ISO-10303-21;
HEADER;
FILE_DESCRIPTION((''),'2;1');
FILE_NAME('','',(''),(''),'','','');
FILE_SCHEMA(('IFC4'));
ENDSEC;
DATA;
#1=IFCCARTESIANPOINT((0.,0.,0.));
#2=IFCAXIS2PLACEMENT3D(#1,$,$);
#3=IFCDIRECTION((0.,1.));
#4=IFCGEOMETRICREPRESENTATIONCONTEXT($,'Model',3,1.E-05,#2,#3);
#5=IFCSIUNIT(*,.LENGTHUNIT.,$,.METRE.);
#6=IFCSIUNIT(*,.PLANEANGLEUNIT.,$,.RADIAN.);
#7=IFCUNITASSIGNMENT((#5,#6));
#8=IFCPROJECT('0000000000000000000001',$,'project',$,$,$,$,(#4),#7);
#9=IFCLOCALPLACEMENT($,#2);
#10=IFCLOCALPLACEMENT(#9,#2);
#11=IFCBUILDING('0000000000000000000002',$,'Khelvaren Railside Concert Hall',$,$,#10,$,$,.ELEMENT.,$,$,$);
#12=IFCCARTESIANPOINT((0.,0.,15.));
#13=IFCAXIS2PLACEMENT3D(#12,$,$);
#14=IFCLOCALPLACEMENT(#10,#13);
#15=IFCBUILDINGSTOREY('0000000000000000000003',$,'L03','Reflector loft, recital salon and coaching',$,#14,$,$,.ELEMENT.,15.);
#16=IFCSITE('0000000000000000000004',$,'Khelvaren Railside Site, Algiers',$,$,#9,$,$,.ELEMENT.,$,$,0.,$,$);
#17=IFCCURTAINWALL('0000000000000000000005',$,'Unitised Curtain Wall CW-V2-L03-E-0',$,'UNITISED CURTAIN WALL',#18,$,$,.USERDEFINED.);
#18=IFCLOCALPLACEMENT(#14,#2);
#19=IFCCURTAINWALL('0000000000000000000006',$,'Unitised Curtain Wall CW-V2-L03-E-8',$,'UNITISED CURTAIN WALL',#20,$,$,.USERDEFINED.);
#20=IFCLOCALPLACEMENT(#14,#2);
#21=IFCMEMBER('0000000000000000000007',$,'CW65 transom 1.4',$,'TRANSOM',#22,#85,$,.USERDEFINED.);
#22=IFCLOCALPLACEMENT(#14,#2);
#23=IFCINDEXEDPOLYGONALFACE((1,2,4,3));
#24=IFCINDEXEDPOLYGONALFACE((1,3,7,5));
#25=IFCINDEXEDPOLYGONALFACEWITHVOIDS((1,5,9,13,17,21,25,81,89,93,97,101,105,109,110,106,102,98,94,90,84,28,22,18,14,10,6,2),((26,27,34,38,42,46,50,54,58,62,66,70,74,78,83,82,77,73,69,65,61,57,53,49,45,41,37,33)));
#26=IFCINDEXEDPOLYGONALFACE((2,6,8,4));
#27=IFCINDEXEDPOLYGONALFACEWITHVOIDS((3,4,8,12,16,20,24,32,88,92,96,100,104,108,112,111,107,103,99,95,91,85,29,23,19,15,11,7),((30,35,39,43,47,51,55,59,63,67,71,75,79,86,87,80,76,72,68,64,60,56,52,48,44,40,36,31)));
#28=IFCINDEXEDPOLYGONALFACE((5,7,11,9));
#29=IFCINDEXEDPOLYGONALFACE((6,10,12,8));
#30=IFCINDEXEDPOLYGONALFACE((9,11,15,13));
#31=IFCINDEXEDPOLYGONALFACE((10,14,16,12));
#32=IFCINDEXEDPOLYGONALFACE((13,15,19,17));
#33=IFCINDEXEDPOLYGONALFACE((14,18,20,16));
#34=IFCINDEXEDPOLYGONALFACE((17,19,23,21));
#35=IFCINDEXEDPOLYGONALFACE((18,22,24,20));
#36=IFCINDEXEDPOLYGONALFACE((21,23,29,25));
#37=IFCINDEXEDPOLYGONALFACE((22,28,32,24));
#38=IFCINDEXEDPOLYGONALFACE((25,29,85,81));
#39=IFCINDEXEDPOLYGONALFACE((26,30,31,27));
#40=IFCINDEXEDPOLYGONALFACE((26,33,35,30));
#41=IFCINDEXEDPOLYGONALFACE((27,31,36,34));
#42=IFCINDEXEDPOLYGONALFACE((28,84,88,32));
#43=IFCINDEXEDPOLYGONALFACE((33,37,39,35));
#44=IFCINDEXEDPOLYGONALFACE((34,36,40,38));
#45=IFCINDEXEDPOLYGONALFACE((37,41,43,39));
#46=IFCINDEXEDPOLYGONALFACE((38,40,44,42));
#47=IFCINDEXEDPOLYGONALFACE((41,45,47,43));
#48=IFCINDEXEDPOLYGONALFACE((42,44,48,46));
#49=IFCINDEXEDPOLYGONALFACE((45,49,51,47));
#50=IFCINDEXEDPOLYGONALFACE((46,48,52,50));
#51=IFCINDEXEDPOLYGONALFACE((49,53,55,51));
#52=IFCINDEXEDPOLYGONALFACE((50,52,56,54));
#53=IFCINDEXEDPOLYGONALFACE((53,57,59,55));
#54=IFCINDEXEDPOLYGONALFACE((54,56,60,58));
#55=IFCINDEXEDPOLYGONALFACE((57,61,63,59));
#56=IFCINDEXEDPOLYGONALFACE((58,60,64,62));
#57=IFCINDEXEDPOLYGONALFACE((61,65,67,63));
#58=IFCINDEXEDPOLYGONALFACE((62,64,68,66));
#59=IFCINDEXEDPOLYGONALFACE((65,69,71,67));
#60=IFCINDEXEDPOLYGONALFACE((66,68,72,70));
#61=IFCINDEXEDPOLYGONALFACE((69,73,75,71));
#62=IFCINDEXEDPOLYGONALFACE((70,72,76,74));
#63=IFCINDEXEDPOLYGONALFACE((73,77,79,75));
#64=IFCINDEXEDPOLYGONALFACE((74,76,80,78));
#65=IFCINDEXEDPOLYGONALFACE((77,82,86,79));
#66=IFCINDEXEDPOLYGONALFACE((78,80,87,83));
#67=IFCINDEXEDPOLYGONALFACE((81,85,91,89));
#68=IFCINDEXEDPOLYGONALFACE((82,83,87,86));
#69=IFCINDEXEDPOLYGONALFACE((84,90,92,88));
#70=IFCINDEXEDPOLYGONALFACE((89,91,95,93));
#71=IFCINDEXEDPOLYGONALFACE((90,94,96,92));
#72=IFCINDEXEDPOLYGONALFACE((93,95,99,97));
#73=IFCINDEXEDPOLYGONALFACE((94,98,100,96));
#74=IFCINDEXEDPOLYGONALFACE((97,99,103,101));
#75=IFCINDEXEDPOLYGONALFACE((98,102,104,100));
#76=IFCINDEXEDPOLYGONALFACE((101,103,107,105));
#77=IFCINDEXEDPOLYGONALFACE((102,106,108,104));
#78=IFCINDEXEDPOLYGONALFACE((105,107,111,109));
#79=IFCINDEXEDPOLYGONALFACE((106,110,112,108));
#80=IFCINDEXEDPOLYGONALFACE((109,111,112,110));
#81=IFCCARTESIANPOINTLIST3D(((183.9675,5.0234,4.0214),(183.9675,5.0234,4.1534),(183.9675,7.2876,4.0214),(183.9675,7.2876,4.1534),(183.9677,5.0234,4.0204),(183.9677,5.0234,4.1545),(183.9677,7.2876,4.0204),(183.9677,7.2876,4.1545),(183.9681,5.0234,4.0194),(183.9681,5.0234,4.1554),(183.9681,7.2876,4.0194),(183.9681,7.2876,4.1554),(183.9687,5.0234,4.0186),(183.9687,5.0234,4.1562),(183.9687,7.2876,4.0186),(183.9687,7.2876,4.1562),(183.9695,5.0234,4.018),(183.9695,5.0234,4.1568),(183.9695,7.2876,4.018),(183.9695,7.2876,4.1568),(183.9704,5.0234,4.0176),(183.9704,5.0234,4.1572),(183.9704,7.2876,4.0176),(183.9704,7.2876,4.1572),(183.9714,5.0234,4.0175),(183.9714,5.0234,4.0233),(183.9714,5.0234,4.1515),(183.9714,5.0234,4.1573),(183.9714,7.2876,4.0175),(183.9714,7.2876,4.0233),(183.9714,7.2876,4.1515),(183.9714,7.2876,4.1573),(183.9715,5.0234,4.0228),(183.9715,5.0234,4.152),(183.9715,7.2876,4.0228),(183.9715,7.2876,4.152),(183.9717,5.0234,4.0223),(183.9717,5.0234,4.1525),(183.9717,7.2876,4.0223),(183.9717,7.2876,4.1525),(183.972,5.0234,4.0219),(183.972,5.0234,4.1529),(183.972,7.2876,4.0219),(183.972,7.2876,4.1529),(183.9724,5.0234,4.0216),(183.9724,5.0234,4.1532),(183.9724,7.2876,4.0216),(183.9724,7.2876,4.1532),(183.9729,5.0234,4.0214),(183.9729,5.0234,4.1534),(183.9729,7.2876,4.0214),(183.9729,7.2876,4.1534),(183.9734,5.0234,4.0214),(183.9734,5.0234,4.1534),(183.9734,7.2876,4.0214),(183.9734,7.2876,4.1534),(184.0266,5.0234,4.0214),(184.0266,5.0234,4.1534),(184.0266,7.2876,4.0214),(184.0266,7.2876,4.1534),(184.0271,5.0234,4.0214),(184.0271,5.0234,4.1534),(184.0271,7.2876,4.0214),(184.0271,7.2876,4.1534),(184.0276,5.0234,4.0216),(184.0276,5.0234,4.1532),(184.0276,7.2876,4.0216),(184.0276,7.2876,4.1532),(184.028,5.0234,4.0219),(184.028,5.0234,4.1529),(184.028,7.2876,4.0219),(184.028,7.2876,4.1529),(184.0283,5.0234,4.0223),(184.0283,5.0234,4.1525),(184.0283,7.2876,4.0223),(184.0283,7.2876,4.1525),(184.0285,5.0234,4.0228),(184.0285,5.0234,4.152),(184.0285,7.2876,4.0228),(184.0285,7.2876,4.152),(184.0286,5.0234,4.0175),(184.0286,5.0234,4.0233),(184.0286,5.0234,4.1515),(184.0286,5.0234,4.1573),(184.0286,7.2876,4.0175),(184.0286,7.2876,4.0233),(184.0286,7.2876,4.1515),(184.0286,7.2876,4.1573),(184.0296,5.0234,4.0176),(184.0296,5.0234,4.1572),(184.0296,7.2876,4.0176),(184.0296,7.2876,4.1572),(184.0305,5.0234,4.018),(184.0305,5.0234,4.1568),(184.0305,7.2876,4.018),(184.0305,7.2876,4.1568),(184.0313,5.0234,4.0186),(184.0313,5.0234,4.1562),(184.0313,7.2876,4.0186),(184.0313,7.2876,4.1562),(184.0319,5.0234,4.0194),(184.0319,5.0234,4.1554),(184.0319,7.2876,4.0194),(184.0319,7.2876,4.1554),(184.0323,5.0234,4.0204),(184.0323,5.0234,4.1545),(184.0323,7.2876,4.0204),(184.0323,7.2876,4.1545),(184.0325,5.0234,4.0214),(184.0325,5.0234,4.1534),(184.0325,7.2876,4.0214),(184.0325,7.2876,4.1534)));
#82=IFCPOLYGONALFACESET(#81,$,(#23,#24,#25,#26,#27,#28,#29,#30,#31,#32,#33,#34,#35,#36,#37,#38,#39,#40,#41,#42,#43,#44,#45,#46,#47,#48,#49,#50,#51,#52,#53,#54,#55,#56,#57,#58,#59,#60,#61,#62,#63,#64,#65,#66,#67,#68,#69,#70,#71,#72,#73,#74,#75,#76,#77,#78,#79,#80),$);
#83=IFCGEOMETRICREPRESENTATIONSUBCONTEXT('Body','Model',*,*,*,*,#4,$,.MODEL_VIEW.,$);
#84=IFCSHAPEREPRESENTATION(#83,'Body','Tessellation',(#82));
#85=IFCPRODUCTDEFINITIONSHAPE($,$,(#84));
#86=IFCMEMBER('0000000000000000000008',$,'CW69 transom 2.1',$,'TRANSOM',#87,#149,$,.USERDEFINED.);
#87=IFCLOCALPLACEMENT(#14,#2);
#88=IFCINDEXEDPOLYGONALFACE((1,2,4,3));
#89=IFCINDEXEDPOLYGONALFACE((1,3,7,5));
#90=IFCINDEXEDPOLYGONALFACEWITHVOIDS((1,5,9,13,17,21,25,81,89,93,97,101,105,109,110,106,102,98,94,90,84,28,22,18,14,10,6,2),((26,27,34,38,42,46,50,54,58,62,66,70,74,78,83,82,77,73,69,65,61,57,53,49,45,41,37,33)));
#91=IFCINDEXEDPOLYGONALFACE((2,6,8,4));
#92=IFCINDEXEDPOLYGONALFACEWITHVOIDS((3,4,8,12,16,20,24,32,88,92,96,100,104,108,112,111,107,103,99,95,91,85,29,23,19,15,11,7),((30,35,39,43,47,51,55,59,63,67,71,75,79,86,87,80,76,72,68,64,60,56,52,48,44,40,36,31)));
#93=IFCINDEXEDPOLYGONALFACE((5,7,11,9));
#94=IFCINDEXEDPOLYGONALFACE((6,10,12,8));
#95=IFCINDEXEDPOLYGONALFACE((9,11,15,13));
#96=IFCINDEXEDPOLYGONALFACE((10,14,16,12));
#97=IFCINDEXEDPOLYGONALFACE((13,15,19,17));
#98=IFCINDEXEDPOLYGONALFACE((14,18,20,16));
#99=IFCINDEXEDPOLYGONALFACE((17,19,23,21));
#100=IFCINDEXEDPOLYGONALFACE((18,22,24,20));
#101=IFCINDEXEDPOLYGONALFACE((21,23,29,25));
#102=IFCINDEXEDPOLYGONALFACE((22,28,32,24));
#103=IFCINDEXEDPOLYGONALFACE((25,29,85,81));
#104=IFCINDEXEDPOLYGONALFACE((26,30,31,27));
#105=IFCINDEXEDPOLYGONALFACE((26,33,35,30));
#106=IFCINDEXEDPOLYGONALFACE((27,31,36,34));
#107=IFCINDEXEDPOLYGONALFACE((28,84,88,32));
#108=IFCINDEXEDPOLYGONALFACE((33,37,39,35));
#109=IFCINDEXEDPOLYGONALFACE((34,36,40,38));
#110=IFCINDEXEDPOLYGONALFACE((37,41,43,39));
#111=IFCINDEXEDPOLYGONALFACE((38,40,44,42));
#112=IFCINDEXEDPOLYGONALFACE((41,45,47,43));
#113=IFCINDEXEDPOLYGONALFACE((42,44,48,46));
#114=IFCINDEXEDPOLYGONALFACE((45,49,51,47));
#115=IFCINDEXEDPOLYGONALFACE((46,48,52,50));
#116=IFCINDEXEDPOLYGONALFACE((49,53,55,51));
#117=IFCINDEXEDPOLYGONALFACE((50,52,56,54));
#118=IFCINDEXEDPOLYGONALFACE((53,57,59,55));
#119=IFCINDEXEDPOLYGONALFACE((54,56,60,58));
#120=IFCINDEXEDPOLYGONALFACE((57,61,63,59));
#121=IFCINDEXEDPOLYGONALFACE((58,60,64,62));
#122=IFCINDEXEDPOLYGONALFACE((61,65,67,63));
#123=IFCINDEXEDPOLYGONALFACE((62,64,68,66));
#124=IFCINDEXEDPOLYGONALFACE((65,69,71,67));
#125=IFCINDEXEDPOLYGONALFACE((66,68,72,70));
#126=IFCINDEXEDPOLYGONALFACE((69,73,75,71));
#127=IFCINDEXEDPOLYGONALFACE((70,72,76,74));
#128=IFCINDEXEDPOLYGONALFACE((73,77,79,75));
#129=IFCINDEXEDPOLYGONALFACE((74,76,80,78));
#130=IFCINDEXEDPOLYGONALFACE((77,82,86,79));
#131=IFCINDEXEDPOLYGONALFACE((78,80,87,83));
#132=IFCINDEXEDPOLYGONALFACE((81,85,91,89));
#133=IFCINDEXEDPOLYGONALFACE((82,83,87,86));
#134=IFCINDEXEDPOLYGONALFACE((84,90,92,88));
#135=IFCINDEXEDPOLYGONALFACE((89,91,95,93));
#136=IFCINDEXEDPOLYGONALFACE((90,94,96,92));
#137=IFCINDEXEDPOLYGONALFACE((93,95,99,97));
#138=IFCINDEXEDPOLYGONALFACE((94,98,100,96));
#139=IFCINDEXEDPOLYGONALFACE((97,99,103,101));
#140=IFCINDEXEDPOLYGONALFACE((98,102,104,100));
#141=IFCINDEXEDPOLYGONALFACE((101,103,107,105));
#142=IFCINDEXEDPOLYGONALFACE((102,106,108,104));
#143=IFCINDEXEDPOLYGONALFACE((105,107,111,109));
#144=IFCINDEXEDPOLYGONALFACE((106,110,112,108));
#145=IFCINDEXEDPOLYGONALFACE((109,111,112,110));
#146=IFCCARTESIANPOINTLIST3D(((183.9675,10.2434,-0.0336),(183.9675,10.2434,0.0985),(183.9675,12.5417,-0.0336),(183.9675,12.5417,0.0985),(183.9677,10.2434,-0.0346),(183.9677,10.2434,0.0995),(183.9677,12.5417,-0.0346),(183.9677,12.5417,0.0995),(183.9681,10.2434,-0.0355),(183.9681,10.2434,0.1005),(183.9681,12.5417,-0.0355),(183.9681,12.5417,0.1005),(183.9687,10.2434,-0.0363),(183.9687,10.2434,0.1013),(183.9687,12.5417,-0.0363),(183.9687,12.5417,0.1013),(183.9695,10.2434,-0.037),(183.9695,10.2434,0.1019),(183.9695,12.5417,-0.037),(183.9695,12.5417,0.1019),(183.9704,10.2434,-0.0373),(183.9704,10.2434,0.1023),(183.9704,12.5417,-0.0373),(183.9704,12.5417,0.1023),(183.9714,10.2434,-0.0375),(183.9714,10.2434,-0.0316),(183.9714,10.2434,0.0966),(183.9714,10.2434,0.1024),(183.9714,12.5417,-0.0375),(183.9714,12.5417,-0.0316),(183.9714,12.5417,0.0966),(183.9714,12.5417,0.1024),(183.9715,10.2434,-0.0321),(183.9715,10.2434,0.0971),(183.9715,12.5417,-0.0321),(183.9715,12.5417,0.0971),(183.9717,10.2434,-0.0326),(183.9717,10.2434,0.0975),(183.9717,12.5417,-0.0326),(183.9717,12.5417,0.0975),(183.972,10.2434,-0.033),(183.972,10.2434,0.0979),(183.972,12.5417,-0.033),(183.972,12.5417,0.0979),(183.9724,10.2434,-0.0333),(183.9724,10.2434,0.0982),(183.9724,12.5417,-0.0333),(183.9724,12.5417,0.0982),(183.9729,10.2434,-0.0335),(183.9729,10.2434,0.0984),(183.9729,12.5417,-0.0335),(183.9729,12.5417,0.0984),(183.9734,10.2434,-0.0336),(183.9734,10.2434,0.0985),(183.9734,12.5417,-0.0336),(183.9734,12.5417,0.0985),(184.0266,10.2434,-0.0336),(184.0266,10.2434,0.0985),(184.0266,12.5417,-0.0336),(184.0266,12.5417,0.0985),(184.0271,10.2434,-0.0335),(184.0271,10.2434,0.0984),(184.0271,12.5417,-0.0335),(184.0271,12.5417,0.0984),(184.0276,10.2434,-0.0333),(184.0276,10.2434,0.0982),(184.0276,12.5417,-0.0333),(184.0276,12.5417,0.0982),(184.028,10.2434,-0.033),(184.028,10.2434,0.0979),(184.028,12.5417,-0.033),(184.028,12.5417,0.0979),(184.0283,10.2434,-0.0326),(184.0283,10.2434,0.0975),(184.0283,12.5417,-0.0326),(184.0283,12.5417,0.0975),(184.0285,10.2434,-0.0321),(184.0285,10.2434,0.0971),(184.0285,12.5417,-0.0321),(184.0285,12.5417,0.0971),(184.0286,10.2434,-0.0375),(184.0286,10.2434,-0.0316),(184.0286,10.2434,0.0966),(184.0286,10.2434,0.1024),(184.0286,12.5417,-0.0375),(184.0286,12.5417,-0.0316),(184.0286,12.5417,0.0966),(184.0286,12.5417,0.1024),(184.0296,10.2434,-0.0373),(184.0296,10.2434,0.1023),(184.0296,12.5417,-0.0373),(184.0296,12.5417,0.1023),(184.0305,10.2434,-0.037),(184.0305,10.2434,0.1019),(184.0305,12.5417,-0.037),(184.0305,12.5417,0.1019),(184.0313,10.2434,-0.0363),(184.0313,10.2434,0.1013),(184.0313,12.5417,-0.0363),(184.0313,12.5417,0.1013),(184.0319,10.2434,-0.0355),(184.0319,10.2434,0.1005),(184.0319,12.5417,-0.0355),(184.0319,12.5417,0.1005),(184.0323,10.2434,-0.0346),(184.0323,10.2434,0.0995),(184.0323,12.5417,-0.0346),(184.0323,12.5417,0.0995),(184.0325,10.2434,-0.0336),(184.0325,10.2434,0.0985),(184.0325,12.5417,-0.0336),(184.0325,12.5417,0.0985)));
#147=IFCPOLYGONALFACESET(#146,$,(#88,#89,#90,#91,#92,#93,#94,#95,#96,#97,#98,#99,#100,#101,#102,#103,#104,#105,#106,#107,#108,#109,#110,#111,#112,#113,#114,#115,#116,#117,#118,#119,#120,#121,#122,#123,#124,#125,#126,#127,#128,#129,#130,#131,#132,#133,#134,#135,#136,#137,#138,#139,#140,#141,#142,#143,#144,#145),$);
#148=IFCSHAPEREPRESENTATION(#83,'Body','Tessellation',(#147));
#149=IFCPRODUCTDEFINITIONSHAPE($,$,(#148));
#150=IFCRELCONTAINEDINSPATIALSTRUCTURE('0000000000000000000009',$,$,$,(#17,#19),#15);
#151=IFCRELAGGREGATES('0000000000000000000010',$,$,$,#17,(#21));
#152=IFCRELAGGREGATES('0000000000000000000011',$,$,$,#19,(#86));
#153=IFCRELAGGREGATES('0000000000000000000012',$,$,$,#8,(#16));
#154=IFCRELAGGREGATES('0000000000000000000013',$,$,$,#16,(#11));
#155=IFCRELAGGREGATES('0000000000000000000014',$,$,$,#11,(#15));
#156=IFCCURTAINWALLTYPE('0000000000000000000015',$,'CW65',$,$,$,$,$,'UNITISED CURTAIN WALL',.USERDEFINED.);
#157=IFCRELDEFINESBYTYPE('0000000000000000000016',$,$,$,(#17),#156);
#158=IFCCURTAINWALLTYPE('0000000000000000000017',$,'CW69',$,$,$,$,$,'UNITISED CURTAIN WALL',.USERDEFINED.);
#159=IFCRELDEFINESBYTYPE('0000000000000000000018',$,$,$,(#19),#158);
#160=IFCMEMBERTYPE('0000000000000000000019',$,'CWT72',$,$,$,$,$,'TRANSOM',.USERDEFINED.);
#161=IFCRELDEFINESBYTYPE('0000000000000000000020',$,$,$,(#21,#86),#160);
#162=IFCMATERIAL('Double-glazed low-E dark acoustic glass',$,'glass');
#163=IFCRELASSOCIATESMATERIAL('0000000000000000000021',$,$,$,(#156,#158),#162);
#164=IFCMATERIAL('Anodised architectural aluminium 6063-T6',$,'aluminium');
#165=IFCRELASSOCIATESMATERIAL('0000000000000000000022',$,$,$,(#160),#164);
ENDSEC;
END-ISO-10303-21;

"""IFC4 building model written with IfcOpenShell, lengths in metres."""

from ifc_helpers import new_model, si_unit, direction, frame, origin, origin_2d, place, context, subcontext, project, spatial, hollow_rectangle, extrude, material, material_profile, profile_set, type_object, element, aggregate, save


model = new_model("IFC4")

# Units and contexts
model_context = context("Model", 3, precision=1e-05, world=origin(), true_north=direction((0.0, 1.0)))
body_context = subcontext(model_context, "Body", "Model", "MODEL_VIEW")
ifc_project = project(units=[si_unit("LENGTHUNIT", "METRE"), si_unit("PLANEANGLEUNIT", "RADIAN")], contexts=[model_context])

# Site, building, storey
site_placement = place(None, origin())
site = spatial("IfcSite", under=ifc_project, at=site_placement, Name="Khelvaren Railside Site, Algiers", CompositionType="ELEMENT", RefElevation=0.0)
building_placement = place(site_placement, origin())
building = spatial("IfcBuilding", under=site, at=building_placement, Name="Khelvaren Railside Concert Hall", CompositionType="ELEMENT")
storey_placement = place(building_placement, frame((0.0, 0.0, 15.0)))
storey = spatial("IfcBuildingStorey", under=building, at=storey_placement, Name="L03", Description="Reflector loft, recital salon and coaching", CompositionType="ELEMENT", Elevation=15.0)

# Curtain walls
ifc_material_1 = material(Name="Double-glazed low-E dark acoustic glass", Category="glass")
curtain_wall_type_1 = type_object("IfcCurtainWallType", Name="CW65", ElementType="UNITISED CURTAIN WALL", PredefinedType="USERDEFINED", material=ifc_material_1)
curtain_wall_1_placement = place(storey_placement, origin())
curtain_wall_1 = element("IfcCurtainWall", 1, at=curtain_wall_1_placement, inside=storey, type_object=curtain_wall_type_1, Name="Unitised Curtain Wall CW-V2-L03-E-0", ObjectType="UNITISED CURTAIN WALL", PredefinedType="USERDEFINED")
ifc_material_2 = material(Name="Anodised architectural aluminium 6063-T6", Category="aluminium")
curtain_wall_type_2 = type_object("IfcCurtainWallType", Name="CW69", ElementType="UNITISED CURTAIN WALL", PredefinedType="USERDEFINED", material=ifc_material_1)
curtain_wall_2_placement = place(storey_placement, origin())
curtain_wall_2 = element("IfcCurtainWall", 2, at=curtain_wall_2_placement, inside=storey, type_object=curtain_wall_type_2, Name="Unitised Curtain Wall CW-V2-L03-E-8", ObjectType="UNITISED CURTAIN WALL", PredefinedType="USERDEFINED")

# Members
ifc_material_profile_1 = material_profile(ifc_material_2, hollow_rectangle(XDim=0.0649, YDim=0.1399, WallThickness=0.0039, InnerFilletRadius=0.002, OuterFilletRadius=0.0039, at=origin_2d()), Name="CWT 65x140x4")
ifc_profile_set_1 = profile_set([ifc_material_profile_1], Name="Anodised architectural aluminium 6063-T6")
member_type_1 = type_object("IfcMemberType", Name="CWT72", ElementType="TRANSOM", PredefinedType="USERDEFINED", material=ifc_profile_set_1)
member_1_placement = place(storey_placement, frame((184.0, 7.2876, 4.0874), z_axis=(0.0, -1.0, 0.0), x_axis=(1.0, 0.0, 0.0)))
member_1 = element("IfcMember", 3, at=member_1_placement, type_object=member_type_1, Name="CW65 transom 1.4", ObjectType="TRANSOM", PredefinedType="USERDEFINED", context=body_context, shape_type="SweptSolid", body=[
    extrude(hollow_rectangle(XDim=0.0649, YDim=0.1399, WallThickness=0.0039, InnerFilletRadius=0.002, OuterFilletRadius=0.0039, at=origin_2d()), origin(), (0.0, 0.0, 1.0), 2.2642),
])
member_2_placement = place(storey_placement, frame((184.0, 12.5417, 0.0325), z_axis=(0.0, -1.0, 0.0), x_axis=(1.0, 0.0, 0.0)))
member_2 = element("IfcMember", 4, at=member_2_placement, type_object=member_type_1, Name="CW69 transom 2.1", ObjectType="TRANSOM", PredefinedType="USERDEFINED", context=body_context, shape_type="SweptSolid", body=[
    extrude(hollow_rectangle(XDim=0.0649, YDim=0.1399, WallThickness=0.0039, InnerFilletRadius=0.002, OuterFilletRadius=0.0039, at=origin_2d()), origin(), (0.0, 0.0, 1.0), 2.2983),
])

aggregate(curtain_wall_1, [member_1])
aggregate(curtain_wall_2, [member_2])

save(model, "model.ifc")
